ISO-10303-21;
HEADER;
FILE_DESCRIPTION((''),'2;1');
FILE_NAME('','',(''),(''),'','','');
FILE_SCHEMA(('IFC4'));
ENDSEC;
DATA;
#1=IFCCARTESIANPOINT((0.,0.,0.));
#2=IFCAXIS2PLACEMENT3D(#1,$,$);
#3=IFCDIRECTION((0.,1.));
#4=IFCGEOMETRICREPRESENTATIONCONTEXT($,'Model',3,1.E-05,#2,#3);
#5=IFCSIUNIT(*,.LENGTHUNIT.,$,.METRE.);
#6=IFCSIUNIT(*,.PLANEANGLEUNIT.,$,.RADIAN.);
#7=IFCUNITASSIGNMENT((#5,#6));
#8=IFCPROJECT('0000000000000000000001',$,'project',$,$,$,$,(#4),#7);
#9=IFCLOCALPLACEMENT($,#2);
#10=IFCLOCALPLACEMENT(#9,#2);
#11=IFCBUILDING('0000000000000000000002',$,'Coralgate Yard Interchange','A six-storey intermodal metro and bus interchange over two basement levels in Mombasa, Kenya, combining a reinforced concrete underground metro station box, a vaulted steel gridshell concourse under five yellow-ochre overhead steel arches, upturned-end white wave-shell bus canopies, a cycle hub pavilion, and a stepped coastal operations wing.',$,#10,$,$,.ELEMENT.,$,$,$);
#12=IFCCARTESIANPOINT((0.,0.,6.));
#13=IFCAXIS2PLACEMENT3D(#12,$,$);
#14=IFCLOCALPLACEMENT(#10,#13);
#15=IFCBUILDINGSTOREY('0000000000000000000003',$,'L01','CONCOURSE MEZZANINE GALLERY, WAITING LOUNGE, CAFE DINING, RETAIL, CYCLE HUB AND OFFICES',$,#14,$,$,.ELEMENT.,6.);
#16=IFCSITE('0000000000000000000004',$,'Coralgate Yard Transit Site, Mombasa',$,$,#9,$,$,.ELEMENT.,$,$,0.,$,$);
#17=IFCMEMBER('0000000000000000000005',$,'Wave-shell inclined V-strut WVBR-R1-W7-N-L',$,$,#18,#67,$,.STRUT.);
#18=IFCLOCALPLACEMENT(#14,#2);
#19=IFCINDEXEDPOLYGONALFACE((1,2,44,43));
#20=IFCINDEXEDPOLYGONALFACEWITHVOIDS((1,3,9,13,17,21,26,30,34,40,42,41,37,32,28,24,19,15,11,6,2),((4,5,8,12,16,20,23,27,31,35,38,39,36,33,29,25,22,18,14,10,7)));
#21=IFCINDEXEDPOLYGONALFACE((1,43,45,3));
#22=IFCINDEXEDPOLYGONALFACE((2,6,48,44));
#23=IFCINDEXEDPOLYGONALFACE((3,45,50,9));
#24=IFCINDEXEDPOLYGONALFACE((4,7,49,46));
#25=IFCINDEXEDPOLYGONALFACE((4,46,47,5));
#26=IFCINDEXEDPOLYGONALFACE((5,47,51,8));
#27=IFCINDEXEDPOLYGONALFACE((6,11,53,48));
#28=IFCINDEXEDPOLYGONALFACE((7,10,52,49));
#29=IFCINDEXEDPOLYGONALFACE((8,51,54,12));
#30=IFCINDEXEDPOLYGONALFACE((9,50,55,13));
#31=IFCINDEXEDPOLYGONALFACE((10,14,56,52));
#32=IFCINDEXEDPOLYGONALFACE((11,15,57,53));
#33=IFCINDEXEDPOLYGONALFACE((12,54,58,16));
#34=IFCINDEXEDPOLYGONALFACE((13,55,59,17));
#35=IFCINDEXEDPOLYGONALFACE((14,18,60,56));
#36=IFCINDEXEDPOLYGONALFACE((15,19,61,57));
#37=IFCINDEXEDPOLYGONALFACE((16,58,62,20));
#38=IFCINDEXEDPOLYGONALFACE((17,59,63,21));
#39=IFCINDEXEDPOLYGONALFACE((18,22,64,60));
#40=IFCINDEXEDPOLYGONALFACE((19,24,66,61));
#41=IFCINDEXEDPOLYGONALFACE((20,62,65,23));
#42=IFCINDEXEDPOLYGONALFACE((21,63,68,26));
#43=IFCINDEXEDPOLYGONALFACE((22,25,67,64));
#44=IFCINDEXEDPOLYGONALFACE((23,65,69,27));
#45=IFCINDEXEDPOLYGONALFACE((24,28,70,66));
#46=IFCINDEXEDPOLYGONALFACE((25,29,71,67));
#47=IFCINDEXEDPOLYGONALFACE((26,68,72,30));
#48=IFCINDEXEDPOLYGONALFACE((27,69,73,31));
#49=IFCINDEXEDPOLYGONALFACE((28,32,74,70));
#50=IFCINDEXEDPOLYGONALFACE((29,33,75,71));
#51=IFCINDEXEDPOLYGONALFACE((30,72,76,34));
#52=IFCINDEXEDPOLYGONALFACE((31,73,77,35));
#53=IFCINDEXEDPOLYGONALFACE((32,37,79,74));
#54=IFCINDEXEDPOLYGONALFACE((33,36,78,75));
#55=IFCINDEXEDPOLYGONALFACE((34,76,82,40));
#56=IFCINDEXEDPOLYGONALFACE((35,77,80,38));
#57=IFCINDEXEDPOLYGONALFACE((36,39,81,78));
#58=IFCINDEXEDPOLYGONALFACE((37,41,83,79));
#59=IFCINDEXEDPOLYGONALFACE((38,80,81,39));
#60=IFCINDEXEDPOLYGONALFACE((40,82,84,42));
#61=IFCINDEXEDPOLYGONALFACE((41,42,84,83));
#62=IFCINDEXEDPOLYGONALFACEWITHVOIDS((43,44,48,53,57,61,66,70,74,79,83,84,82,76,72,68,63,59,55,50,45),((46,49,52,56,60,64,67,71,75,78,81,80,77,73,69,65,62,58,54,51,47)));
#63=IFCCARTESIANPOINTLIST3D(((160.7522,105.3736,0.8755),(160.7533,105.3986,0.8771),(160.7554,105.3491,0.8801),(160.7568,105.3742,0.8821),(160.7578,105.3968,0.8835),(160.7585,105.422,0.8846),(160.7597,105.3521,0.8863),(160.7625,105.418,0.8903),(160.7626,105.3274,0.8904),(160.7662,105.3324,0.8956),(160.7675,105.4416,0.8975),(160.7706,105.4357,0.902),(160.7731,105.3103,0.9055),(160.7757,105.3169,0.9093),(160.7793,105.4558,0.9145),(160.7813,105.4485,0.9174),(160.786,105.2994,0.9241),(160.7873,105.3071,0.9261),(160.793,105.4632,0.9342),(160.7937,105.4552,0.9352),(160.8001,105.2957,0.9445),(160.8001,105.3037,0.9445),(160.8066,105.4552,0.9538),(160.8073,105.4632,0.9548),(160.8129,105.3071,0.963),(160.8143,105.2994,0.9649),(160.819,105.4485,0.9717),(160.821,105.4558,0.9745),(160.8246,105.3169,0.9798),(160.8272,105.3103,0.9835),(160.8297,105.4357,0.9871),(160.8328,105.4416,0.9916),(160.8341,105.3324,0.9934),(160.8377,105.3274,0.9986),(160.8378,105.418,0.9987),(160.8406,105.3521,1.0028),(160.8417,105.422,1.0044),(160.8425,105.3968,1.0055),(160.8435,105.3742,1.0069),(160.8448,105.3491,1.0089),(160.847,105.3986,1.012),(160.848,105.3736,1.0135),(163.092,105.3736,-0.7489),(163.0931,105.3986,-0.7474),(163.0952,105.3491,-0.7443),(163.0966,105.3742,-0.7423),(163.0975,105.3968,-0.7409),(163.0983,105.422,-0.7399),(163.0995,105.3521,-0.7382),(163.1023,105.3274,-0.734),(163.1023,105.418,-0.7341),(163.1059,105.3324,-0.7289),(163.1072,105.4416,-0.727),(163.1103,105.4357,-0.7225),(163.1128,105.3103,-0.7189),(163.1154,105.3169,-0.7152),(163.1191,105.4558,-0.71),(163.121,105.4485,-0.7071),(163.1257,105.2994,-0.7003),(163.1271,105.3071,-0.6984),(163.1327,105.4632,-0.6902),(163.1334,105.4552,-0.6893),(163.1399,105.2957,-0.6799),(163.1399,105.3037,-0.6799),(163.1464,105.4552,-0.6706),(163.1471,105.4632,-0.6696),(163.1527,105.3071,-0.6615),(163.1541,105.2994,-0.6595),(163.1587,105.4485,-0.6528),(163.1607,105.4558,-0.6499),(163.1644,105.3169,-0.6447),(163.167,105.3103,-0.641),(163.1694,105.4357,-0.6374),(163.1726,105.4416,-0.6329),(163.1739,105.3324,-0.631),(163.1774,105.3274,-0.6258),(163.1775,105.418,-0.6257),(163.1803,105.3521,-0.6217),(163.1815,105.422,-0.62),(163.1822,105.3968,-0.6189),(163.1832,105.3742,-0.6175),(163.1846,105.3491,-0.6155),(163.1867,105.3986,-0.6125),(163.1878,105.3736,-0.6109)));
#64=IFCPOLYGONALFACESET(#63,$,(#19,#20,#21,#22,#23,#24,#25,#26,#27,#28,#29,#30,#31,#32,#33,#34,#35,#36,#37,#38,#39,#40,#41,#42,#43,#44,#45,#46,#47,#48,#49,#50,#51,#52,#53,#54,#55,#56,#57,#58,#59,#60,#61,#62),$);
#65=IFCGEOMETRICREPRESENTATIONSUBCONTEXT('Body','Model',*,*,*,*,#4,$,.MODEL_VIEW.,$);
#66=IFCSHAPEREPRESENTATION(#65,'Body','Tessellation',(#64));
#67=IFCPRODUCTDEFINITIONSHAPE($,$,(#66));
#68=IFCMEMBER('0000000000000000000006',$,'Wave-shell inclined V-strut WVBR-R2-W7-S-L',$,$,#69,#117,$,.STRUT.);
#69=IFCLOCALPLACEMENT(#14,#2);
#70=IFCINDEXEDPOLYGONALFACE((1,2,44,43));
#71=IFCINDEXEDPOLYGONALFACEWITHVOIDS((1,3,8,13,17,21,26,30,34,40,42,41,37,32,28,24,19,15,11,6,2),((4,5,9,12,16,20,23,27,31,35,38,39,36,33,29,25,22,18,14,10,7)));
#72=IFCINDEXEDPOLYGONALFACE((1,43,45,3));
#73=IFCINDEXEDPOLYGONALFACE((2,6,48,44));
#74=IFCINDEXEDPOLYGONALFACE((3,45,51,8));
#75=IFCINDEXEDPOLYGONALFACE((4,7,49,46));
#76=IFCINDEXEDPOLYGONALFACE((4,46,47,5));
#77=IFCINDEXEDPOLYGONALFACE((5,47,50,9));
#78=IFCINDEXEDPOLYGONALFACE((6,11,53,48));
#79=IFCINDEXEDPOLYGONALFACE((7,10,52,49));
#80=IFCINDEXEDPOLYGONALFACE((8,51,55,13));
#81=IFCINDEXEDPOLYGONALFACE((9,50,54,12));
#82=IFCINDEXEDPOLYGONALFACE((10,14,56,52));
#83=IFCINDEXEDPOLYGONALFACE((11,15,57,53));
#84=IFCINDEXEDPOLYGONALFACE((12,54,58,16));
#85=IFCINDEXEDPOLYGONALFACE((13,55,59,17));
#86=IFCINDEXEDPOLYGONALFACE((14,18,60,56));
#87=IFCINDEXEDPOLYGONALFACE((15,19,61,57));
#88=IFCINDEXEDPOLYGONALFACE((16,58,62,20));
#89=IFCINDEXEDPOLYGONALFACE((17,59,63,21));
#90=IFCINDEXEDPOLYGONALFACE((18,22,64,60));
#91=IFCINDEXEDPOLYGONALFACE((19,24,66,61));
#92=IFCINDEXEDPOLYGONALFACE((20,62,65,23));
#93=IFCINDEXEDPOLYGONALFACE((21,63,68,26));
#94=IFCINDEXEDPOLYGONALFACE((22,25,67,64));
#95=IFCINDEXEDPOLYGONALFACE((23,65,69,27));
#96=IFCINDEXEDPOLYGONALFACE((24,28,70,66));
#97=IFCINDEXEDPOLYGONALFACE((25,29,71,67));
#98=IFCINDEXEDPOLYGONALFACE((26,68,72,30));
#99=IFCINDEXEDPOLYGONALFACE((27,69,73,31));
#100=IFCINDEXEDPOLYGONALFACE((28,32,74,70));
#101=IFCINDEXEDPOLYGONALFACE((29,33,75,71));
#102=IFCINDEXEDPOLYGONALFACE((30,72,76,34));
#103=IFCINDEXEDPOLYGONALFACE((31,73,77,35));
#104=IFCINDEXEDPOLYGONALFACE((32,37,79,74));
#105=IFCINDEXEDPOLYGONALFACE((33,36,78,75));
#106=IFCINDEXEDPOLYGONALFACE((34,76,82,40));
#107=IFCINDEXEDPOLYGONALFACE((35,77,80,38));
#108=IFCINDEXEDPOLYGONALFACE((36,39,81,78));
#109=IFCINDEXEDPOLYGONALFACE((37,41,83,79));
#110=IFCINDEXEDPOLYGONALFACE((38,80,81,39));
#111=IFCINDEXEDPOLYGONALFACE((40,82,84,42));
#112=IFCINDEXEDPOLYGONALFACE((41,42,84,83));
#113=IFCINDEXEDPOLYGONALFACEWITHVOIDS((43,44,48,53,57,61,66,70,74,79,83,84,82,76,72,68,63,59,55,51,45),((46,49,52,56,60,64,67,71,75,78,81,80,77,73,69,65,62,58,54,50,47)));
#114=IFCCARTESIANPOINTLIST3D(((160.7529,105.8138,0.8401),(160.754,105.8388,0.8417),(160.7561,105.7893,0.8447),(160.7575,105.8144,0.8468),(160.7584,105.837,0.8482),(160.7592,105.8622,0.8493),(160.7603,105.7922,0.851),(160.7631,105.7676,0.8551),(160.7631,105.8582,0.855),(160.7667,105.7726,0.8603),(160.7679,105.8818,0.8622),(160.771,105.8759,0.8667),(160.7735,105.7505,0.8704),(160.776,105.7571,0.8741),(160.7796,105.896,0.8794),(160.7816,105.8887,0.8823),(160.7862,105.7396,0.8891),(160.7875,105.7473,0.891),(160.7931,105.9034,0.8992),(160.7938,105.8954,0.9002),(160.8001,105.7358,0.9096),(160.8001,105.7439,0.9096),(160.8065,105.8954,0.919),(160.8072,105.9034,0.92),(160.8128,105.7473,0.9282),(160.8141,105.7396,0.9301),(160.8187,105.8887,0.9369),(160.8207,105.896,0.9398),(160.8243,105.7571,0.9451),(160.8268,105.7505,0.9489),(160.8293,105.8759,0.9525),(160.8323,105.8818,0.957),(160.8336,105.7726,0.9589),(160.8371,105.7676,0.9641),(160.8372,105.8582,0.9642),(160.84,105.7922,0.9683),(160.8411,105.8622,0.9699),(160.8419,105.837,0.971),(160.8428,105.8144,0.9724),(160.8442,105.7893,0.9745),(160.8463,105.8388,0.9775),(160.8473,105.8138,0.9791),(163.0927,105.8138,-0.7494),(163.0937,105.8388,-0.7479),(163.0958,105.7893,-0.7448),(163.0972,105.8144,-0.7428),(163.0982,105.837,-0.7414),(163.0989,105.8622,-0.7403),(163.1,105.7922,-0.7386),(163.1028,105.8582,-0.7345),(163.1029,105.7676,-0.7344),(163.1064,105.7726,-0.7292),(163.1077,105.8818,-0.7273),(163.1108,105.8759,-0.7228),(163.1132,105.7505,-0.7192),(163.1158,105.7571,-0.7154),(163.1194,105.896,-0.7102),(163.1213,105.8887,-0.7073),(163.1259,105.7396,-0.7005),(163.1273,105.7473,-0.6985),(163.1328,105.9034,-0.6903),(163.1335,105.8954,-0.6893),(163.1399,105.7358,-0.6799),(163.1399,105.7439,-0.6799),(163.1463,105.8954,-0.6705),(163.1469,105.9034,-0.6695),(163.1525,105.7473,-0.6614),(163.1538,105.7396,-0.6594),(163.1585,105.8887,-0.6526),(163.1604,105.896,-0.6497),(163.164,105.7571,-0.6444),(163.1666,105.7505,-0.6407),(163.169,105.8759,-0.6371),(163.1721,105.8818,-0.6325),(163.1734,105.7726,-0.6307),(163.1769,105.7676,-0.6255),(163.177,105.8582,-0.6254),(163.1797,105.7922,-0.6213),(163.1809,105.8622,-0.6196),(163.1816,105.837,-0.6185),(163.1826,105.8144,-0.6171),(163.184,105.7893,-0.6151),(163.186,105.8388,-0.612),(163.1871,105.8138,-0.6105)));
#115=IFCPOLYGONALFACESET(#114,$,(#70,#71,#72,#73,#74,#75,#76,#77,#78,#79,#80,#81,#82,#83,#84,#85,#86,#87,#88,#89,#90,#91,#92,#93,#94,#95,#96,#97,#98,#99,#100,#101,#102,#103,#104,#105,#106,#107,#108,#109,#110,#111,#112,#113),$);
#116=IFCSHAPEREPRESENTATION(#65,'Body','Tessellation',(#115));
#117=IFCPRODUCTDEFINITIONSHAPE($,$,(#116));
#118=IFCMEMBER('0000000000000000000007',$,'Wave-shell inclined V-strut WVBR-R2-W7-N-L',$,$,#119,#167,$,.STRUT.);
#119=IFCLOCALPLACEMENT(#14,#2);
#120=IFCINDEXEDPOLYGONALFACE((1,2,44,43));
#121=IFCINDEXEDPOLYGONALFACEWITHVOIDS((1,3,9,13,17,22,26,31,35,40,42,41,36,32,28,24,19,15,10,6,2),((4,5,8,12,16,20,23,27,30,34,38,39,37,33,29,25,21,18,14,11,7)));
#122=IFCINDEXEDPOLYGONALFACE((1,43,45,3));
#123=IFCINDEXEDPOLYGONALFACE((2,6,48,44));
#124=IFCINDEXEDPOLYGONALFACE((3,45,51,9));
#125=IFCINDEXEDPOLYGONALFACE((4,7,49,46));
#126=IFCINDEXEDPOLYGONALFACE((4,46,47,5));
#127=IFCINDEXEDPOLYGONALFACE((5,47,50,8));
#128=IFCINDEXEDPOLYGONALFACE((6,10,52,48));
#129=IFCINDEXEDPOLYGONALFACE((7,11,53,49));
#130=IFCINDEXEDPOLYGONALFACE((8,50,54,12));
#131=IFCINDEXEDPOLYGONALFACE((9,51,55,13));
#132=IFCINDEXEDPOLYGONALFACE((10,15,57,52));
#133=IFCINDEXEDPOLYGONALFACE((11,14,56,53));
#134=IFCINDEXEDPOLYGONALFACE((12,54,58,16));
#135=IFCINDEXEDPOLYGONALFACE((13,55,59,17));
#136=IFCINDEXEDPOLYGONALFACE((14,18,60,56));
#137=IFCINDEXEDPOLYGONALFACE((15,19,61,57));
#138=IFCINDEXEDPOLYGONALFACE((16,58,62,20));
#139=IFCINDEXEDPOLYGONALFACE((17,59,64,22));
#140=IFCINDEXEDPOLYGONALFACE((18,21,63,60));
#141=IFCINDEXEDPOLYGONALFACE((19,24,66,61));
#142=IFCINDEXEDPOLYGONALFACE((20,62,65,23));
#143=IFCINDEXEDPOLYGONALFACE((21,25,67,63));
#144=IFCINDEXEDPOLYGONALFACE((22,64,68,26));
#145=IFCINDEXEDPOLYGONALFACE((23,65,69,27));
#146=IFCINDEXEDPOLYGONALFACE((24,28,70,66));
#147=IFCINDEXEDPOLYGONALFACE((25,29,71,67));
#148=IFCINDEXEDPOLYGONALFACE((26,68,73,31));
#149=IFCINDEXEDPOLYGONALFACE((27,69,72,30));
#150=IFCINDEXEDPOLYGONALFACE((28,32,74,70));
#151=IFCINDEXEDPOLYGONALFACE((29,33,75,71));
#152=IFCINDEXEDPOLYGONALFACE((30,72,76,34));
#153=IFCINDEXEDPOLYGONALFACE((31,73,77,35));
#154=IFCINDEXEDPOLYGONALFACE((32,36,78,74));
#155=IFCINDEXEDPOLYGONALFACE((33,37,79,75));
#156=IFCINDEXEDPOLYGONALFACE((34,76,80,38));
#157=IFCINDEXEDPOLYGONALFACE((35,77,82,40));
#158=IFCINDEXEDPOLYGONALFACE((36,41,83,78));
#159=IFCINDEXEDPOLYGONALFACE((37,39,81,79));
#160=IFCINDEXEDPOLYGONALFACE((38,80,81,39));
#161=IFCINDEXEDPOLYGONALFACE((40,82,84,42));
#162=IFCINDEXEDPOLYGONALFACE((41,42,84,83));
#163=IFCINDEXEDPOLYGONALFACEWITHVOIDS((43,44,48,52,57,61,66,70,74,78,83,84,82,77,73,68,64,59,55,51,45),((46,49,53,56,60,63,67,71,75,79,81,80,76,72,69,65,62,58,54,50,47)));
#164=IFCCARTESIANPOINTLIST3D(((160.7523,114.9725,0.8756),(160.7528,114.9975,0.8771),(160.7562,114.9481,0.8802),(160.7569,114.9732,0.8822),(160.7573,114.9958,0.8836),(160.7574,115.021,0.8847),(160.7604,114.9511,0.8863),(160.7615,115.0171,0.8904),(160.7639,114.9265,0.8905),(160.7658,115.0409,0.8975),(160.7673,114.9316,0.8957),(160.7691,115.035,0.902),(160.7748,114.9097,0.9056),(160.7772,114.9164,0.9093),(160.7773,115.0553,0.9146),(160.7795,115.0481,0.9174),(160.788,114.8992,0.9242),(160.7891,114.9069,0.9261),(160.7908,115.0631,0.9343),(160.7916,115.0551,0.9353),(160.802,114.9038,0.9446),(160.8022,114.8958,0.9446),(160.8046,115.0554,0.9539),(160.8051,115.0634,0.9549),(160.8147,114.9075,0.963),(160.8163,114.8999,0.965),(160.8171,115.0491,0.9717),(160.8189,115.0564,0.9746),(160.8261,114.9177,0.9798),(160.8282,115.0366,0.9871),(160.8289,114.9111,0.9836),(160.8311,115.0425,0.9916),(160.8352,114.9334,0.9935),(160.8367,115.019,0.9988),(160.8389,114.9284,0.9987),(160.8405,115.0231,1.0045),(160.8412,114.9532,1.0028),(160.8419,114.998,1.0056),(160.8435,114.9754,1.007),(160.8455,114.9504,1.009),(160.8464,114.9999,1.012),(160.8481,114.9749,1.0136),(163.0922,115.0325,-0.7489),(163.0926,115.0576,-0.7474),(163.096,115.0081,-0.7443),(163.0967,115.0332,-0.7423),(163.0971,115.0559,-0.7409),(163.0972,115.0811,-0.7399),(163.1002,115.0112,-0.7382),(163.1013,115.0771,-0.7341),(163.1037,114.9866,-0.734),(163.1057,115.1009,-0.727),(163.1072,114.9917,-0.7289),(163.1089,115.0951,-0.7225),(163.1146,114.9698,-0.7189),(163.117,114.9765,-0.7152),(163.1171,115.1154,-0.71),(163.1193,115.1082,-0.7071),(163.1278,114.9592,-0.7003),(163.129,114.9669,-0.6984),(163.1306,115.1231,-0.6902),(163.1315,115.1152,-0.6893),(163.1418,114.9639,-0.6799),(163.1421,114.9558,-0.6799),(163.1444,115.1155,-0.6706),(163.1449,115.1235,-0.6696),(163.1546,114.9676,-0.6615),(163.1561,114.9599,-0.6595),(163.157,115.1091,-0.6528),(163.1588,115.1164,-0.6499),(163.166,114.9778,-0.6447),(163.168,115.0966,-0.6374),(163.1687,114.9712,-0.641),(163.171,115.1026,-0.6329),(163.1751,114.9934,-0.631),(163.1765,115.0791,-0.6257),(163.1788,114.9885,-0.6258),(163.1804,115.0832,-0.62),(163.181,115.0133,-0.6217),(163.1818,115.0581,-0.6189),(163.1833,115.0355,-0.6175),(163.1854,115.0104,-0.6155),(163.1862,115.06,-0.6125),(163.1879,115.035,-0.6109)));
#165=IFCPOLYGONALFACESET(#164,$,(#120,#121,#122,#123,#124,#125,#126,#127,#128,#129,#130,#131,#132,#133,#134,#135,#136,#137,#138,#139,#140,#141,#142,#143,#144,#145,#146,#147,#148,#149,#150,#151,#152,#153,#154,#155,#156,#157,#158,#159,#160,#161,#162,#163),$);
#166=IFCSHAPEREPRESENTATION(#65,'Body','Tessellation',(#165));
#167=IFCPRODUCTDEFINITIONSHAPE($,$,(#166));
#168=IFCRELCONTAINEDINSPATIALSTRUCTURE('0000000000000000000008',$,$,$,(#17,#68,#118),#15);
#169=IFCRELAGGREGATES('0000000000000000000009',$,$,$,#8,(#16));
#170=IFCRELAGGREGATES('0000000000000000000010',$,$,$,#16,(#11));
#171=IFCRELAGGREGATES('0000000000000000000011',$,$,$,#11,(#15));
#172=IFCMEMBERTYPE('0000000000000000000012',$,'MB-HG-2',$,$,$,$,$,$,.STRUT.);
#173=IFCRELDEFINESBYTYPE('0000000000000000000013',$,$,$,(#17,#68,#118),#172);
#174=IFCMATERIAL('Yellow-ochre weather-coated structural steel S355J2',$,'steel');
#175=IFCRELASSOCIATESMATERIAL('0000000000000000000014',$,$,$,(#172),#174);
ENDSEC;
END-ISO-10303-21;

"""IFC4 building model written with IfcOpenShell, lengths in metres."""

from ifc_helpers import new_model, si_unit, direction, frame, origin, origin_2d, place, context, subcontext, project, spatial, hollow_circle, extrude, material, material_profile, profile_set, type_object, element, save


model = new_model("IFC4")

# Units and contexts
model_context = context("Model", 3, precision=1e-05, world=origin(), true_north=direction((0.0, 1.0)))
body_context = subcontext(model_context, "Body", "Model", "MODEL_VIEW")
ifc_project = project(units=[si_unit("LENGTHUNIT", "METRE"), si_unit("PLANEANGLEUNIT", "RADIAN")], contexts=[model_context])

# Site, building, storey
site_placement = place(None, origin())
site = spatial("IfcSite", under=ifc_project, at=site_placement, Name="Coralgate Yard Transit Site, Mombasa", CompositionType="ELEMENT", RefElevation=0.0)
building_placement = place(site_placement, origin())
building = spatial("IfcBuilding", under=site, at=building_placement, Name="Coralgate Yard Interchange", Description="A six-storey intermodal metro and bus interchange over two basement levels in Mombasa, Kenya, combining a reinforced concrete underground metro station box, a vaulted steel gridshell concourse under five yellow-ochre overhead steel arches, upturned-end white wave-shell bus canopies, a cycle hub pavilion, and a stepped coastal operations wing.", CompositionType="ELEMENT")
storey_placement = place(building_placement, frame((0.0, 0.0, 6.0)))
storey = spatial("IfcBuildingStorey", under=building, at=storey_placement, Name="L01", Description="CONCOURSE MEZZANINE GALLERY, WAITING LOUNGE, CAFE DINING, RETAIL, CYCLE HUB AND OFFICES", CompositionType="ELEMENT", Elevation=6.0)

# Members
ifc_material_1 = material(Name="Yellow-ochre weather-coated structural steel S355J2", Category="steel")
ifc_material_profile_1 = material_profile(ifc_material_1, hollow_circle(Radius=0.0842, WallThickness=0.0081, at=origin_2d()), Name="CHS 168.3x8")
ifc_profile_set_1 = profile_set([ifc_material_profile_1], Name="Yellow-ochre weather-coated structural steel S355J2")
member_type_1 = type_object("IfcMemberType", Name="MB-HG-2", PredefinedType="STRUT", material=ifc_profile_set_1)
member_1_placement = place(storey_placement, frame((163.1399, 105.3799, -0.6799), z_axis=(-0.821432, 0.0, 0.570306), x_axis=(0.0, -1.0, 0.0)))
element("IfcMember", 1, at=member_1_placement, inside=storey, type_object=member_type_1, Name="Wave-shell inclined V-strut WVBR-R1-W7-N-L", PredefinedType="STRUT", context=body_context, shape_type="SweptSolid", body=[
    extrude(hollow_circle(Radius=0.0842, WallThickness=0.0081, at=origin_2d()), origin(), (0.0, 0.0, 1.0), 2.8484),
])
member_2_placement = place(storey_placement, frame((163.1399, 105.8201, -0.6799), z_axis=(-0.827172, 0.0, 0.561949), x_axis=(0.0, -1.0, 0.0)))
element("IfcMember", 2, at=member_2_placement, inside=storey, type_object=member_type_1, Name="Wave-shell inclined V-strut WVBR-R2-W7-S-L", PredefinedType="STRUT", context=body_context, shape_type="SweptSolid", body=[
    extrude(hollow_circle(Radius=0.0842, WallThickness=0.0081, at=origin_2d()), origin(), (0.0, 0.0, 1.0), 2.8286),
])
member_3_placement = place(storey_placement, frame((163.1399, 115.04, -0.6799), z_axis=(-0.82125, -0.02108, 0.570179), x_axis=(0.025659, -0.999671, 0.0)))
element("IfcMember", 3, at=member_3_placement, inside=storey, type_object=member_type_1, Name="Wave-shell inclined V-strut WVBR-R2-W7-N-L", PredefinedType="STRUT", context=body_context, shape_type="SweptSolid", body=[
    extrude(hollow_circle(Radius=0.0842, WallThickness=0.0081, at=origin_2d()), origin(), (0.0, 0.0, 1.0), 2.8491),
])

save(model, "model.ifc")
